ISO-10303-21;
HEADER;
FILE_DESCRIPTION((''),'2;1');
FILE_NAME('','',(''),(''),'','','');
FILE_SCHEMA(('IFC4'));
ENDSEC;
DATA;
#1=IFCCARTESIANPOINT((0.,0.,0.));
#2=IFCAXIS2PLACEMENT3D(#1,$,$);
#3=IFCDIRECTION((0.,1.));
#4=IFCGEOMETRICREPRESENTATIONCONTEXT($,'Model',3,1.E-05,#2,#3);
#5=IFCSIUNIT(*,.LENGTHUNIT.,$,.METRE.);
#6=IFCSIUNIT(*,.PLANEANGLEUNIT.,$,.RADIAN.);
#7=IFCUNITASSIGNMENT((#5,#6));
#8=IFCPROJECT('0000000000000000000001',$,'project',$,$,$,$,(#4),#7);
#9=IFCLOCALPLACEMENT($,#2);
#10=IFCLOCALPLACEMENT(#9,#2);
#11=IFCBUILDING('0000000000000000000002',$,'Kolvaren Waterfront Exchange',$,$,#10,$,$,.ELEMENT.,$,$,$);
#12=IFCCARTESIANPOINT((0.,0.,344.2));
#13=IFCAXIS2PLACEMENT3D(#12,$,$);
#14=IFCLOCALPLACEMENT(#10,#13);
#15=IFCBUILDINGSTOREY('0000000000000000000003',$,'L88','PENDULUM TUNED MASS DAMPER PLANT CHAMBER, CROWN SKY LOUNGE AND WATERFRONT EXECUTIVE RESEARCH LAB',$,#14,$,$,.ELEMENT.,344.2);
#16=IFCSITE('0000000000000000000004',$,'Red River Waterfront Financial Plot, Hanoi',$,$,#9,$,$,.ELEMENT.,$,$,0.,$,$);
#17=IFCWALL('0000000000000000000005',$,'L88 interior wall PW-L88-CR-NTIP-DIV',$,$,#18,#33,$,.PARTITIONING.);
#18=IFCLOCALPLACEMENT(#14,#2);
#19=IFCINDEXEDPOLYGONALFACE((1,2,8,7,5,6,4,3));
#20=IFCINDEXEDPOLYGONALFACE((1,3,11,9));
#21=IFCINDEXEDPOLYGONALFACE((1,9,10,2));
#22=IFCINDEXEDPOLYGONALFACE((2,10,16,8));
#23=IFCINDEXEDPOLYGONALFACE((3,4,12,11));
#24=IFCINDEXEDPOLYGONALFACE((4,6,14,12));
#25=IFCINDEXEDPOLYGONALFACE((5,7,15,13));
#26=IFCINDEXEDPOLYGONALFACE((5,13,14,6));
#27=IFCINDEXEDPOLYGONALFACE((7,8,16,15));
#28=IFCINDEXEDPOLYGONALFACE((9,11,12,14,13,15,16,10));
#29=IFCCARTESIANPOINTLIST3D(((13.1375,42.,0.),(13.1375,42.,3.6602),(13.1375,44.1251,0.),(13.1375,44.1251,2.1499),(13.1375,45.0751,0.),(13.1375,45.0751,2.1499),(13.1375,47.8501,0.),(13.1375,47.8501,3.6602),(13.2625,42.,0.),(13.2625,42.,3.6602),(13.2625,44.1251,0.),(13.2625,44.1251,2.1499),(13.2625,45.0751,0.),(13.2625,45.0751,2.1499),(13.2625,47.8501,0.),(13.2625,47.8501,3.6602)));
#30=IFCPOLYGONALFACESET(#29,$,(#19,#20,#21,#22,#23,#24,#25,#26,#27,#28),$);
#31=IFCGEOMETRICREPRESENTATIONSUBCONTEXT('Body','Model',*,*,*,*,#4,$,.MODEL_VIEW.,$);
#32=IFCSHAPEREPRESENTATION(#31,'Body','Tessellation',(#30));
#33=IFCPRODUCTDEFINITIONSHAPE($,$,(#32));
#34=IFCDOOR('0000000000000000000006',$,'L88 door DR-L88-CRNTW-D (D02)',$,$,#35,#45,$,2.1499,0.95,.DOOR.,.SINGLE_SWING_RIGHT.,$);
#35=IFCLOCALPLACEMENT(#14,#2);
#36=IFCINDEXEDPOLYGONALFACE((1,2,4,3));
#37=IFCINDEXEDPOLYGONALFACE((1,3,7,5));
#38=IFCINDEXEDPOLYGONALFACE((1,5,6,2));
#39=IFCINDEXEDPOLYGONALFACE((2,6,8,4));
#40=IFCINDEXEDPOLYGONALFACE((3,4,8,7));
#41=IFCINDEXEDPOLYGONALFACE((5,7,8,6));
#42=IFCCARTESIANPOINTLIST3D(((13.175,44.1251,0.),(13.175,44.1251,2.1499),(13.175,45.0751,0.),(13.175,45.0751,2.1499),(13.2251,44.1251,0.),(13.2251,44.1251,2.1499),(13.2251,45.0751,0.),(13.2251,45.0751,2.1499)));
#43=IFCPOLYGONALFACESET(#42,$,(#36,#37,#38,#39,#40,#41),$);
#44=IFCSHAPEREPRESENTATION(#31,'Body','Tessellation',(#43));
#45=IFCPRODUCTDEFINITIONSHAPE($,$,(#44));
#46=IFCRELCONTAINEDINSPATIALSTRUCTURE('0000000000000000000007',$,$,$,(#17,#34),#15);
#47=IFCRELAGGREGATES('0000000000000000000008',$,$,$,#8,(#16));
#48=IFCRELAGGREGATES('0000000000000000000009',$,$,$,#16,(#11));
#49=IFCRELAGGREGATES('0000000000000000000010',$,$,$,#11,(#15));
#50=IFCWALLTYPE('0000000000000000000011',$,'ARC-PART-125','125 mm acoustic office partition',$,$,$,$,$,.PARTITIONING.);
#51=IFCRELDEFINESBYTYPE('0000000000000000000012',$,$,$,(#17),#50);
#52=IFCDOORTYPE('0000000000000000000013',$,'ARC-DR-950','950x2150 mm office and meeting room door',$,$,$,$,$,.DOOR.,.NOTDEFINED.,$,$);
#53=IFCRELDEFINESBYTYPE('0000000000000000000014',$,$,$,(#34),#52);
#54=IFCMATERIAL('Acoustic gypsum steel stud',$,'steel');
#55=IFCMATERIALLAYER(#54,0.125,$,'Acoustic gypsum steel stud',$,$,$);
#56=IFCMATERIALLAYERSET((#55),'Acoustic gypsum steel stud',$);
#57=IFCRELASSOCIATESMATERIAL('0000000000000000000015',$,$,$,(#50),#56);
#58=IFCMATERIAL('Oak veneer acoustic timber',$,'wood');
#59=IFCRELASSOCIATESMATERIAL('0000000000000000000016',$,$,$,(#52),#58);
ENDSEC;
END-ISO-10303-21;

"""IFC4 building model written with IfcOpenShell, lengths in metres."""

from ifc_helpers import new_model, si_unit, direction, frame, frame_2d, origin, place, context, subcontext, project, spatial, rectangle, extrude, material, layer, layer_set, type_object, element, fill, save


model = new_model("IFC4")

# Units and contexts
model_context = context("Model", 3, precision=1e-05, world=origin(), true_north=direction((0.0, 1.0)))
body_context = subcontext(model_context, "Body", "Model", "MODEL_VIEW")
ifc_project = project(units=[si_unit("LENGTHUNIT", "METRE"), si_unit("PLANEANGLEUNIT", "RADIAN")], contexts=[model_context])

# Site, building, storey
site_placement = place(None, origin())
site = spatial("IfcSite", under=ifc_project, at=site_placement, Name="Red River Waterfront Financial Plot, Hanoi", CompositionType="ELEMENT", RefElevation=0.0)
building_placement = place(site_placement, origin())
building = spatial("IfcBuilding", under=site, at=building_placement, Name="Kolvaren Waterfront Exchange", CompositionType="ELEMENT")
storey_placement = place(building_placement, frame((0.0, 0.0, 344.2)))
storey = spatial("IfcBuildingStorey", under=building, at=storey_placement, Name="L88", Description="PENDULUM TUNED MASS DAMPER PLANT CHAMBER, CROWN SKY LOUNGE AND WATERFRONT EXECUTIVE RESEARCH LAB", CompositionType="ELEMENT", Elevation=344.2)

# Wall, opening, door
ifc_material_1 = material(Name="Acoustic gypsum steel stud", Category="steel")
ifc_layer_1 = layer(ifc_material_1, 0.125, Name="Acoustic gypsum steel stud")
ifc_layer_set_1 = layer_set([ifc_layer_1], Name="Acoustic gypsum steel stud")
wall_type_1 = type_object("IfcWallType", Name="ARC-PART-125", Description="125 mm acoustic office partition", PredefinedType="PARTITIONING", material=ifc_layer_set_1)
wall_1_placement = place(storey_placement, frame((13.2, 42.0, 0.0), z_axis=(0.0, 0.0, 1.0), x_axis=(0.0, 1.0, 0.0)))
wall_1 = element("IfcWall", 1, at=wall_1_placement, inside=storey, type_object=wall_type_1, Name="L88 interior wall PW-L88-CR-NTIP-DIV", PredefinedType="PARTITIONING", context=body_context, shape_type="SweptSolid", body=[
    extrude(rectangle(XDim=5.8501, YDim=0.125, at=frame_2d((2.925, 0.0))), origin(), (0.0, 0.0, 1.0), 3.6602),
])
opening_1_placement = place(wall_1_placement, frame((2.125, 0.0, 0.0)))
opening_1 = element("IfcOpeningElement", 2, at=opening_1_placement, cuts=wall_1, PredefinedType="OPENING", context=body_context, shape_type="SweptSolid", body=[
    extrude(rectangle(XDim=0.95, YDim=2.1499, at=frame_2d((0.4751, 1.075))), frame((0.0, 0.0725, 0.0), z_axis=(0.0, -1.0, 0.0), x_axis=(1.0, 0.0, 0.0)), (0.0, 0.0, 1.0), 0.145),
])
ifc_material_2 = material(Name="Oak veneer acoustic timber", Category="wood")
door_type_1 = type_object("IfcDoorType", Name="ARC-DR-950", Description="950x2150 mm office and meeting room door", OperationType="NOTDEFINED", PredefinedType="DOOR", material=ifc_material_2)
door_1_placement = place(opening_1_placement, origin())
door_1 = element("IfcDoor", 3, at=door_1_placement, inside=storey, type_object=door_type_1, Name="L88 door DR-L88-CRNTW-D (D02)", OperationType="SINGLE_SWING_RIGHT", OverallHeight=2.1499, OverallWidth=0.95, PredefinedType="DOOR", context=body_context, shape_type="SweptSolid", body=[
    extrude(rectangle(XDim=0.95, YDim=2.1499, at=frame_2d((0.4751, 1.075))), frame((0.0, 0.0249, 0.0), z_axis=(0.0, -1.0, 0.0), x_axis=(1.0, 0.0, 0.0)), (0.0, 0.0, 1.0), 0.05),
])
fill(opening_1, door_1)

save(model, "model.ifc")
